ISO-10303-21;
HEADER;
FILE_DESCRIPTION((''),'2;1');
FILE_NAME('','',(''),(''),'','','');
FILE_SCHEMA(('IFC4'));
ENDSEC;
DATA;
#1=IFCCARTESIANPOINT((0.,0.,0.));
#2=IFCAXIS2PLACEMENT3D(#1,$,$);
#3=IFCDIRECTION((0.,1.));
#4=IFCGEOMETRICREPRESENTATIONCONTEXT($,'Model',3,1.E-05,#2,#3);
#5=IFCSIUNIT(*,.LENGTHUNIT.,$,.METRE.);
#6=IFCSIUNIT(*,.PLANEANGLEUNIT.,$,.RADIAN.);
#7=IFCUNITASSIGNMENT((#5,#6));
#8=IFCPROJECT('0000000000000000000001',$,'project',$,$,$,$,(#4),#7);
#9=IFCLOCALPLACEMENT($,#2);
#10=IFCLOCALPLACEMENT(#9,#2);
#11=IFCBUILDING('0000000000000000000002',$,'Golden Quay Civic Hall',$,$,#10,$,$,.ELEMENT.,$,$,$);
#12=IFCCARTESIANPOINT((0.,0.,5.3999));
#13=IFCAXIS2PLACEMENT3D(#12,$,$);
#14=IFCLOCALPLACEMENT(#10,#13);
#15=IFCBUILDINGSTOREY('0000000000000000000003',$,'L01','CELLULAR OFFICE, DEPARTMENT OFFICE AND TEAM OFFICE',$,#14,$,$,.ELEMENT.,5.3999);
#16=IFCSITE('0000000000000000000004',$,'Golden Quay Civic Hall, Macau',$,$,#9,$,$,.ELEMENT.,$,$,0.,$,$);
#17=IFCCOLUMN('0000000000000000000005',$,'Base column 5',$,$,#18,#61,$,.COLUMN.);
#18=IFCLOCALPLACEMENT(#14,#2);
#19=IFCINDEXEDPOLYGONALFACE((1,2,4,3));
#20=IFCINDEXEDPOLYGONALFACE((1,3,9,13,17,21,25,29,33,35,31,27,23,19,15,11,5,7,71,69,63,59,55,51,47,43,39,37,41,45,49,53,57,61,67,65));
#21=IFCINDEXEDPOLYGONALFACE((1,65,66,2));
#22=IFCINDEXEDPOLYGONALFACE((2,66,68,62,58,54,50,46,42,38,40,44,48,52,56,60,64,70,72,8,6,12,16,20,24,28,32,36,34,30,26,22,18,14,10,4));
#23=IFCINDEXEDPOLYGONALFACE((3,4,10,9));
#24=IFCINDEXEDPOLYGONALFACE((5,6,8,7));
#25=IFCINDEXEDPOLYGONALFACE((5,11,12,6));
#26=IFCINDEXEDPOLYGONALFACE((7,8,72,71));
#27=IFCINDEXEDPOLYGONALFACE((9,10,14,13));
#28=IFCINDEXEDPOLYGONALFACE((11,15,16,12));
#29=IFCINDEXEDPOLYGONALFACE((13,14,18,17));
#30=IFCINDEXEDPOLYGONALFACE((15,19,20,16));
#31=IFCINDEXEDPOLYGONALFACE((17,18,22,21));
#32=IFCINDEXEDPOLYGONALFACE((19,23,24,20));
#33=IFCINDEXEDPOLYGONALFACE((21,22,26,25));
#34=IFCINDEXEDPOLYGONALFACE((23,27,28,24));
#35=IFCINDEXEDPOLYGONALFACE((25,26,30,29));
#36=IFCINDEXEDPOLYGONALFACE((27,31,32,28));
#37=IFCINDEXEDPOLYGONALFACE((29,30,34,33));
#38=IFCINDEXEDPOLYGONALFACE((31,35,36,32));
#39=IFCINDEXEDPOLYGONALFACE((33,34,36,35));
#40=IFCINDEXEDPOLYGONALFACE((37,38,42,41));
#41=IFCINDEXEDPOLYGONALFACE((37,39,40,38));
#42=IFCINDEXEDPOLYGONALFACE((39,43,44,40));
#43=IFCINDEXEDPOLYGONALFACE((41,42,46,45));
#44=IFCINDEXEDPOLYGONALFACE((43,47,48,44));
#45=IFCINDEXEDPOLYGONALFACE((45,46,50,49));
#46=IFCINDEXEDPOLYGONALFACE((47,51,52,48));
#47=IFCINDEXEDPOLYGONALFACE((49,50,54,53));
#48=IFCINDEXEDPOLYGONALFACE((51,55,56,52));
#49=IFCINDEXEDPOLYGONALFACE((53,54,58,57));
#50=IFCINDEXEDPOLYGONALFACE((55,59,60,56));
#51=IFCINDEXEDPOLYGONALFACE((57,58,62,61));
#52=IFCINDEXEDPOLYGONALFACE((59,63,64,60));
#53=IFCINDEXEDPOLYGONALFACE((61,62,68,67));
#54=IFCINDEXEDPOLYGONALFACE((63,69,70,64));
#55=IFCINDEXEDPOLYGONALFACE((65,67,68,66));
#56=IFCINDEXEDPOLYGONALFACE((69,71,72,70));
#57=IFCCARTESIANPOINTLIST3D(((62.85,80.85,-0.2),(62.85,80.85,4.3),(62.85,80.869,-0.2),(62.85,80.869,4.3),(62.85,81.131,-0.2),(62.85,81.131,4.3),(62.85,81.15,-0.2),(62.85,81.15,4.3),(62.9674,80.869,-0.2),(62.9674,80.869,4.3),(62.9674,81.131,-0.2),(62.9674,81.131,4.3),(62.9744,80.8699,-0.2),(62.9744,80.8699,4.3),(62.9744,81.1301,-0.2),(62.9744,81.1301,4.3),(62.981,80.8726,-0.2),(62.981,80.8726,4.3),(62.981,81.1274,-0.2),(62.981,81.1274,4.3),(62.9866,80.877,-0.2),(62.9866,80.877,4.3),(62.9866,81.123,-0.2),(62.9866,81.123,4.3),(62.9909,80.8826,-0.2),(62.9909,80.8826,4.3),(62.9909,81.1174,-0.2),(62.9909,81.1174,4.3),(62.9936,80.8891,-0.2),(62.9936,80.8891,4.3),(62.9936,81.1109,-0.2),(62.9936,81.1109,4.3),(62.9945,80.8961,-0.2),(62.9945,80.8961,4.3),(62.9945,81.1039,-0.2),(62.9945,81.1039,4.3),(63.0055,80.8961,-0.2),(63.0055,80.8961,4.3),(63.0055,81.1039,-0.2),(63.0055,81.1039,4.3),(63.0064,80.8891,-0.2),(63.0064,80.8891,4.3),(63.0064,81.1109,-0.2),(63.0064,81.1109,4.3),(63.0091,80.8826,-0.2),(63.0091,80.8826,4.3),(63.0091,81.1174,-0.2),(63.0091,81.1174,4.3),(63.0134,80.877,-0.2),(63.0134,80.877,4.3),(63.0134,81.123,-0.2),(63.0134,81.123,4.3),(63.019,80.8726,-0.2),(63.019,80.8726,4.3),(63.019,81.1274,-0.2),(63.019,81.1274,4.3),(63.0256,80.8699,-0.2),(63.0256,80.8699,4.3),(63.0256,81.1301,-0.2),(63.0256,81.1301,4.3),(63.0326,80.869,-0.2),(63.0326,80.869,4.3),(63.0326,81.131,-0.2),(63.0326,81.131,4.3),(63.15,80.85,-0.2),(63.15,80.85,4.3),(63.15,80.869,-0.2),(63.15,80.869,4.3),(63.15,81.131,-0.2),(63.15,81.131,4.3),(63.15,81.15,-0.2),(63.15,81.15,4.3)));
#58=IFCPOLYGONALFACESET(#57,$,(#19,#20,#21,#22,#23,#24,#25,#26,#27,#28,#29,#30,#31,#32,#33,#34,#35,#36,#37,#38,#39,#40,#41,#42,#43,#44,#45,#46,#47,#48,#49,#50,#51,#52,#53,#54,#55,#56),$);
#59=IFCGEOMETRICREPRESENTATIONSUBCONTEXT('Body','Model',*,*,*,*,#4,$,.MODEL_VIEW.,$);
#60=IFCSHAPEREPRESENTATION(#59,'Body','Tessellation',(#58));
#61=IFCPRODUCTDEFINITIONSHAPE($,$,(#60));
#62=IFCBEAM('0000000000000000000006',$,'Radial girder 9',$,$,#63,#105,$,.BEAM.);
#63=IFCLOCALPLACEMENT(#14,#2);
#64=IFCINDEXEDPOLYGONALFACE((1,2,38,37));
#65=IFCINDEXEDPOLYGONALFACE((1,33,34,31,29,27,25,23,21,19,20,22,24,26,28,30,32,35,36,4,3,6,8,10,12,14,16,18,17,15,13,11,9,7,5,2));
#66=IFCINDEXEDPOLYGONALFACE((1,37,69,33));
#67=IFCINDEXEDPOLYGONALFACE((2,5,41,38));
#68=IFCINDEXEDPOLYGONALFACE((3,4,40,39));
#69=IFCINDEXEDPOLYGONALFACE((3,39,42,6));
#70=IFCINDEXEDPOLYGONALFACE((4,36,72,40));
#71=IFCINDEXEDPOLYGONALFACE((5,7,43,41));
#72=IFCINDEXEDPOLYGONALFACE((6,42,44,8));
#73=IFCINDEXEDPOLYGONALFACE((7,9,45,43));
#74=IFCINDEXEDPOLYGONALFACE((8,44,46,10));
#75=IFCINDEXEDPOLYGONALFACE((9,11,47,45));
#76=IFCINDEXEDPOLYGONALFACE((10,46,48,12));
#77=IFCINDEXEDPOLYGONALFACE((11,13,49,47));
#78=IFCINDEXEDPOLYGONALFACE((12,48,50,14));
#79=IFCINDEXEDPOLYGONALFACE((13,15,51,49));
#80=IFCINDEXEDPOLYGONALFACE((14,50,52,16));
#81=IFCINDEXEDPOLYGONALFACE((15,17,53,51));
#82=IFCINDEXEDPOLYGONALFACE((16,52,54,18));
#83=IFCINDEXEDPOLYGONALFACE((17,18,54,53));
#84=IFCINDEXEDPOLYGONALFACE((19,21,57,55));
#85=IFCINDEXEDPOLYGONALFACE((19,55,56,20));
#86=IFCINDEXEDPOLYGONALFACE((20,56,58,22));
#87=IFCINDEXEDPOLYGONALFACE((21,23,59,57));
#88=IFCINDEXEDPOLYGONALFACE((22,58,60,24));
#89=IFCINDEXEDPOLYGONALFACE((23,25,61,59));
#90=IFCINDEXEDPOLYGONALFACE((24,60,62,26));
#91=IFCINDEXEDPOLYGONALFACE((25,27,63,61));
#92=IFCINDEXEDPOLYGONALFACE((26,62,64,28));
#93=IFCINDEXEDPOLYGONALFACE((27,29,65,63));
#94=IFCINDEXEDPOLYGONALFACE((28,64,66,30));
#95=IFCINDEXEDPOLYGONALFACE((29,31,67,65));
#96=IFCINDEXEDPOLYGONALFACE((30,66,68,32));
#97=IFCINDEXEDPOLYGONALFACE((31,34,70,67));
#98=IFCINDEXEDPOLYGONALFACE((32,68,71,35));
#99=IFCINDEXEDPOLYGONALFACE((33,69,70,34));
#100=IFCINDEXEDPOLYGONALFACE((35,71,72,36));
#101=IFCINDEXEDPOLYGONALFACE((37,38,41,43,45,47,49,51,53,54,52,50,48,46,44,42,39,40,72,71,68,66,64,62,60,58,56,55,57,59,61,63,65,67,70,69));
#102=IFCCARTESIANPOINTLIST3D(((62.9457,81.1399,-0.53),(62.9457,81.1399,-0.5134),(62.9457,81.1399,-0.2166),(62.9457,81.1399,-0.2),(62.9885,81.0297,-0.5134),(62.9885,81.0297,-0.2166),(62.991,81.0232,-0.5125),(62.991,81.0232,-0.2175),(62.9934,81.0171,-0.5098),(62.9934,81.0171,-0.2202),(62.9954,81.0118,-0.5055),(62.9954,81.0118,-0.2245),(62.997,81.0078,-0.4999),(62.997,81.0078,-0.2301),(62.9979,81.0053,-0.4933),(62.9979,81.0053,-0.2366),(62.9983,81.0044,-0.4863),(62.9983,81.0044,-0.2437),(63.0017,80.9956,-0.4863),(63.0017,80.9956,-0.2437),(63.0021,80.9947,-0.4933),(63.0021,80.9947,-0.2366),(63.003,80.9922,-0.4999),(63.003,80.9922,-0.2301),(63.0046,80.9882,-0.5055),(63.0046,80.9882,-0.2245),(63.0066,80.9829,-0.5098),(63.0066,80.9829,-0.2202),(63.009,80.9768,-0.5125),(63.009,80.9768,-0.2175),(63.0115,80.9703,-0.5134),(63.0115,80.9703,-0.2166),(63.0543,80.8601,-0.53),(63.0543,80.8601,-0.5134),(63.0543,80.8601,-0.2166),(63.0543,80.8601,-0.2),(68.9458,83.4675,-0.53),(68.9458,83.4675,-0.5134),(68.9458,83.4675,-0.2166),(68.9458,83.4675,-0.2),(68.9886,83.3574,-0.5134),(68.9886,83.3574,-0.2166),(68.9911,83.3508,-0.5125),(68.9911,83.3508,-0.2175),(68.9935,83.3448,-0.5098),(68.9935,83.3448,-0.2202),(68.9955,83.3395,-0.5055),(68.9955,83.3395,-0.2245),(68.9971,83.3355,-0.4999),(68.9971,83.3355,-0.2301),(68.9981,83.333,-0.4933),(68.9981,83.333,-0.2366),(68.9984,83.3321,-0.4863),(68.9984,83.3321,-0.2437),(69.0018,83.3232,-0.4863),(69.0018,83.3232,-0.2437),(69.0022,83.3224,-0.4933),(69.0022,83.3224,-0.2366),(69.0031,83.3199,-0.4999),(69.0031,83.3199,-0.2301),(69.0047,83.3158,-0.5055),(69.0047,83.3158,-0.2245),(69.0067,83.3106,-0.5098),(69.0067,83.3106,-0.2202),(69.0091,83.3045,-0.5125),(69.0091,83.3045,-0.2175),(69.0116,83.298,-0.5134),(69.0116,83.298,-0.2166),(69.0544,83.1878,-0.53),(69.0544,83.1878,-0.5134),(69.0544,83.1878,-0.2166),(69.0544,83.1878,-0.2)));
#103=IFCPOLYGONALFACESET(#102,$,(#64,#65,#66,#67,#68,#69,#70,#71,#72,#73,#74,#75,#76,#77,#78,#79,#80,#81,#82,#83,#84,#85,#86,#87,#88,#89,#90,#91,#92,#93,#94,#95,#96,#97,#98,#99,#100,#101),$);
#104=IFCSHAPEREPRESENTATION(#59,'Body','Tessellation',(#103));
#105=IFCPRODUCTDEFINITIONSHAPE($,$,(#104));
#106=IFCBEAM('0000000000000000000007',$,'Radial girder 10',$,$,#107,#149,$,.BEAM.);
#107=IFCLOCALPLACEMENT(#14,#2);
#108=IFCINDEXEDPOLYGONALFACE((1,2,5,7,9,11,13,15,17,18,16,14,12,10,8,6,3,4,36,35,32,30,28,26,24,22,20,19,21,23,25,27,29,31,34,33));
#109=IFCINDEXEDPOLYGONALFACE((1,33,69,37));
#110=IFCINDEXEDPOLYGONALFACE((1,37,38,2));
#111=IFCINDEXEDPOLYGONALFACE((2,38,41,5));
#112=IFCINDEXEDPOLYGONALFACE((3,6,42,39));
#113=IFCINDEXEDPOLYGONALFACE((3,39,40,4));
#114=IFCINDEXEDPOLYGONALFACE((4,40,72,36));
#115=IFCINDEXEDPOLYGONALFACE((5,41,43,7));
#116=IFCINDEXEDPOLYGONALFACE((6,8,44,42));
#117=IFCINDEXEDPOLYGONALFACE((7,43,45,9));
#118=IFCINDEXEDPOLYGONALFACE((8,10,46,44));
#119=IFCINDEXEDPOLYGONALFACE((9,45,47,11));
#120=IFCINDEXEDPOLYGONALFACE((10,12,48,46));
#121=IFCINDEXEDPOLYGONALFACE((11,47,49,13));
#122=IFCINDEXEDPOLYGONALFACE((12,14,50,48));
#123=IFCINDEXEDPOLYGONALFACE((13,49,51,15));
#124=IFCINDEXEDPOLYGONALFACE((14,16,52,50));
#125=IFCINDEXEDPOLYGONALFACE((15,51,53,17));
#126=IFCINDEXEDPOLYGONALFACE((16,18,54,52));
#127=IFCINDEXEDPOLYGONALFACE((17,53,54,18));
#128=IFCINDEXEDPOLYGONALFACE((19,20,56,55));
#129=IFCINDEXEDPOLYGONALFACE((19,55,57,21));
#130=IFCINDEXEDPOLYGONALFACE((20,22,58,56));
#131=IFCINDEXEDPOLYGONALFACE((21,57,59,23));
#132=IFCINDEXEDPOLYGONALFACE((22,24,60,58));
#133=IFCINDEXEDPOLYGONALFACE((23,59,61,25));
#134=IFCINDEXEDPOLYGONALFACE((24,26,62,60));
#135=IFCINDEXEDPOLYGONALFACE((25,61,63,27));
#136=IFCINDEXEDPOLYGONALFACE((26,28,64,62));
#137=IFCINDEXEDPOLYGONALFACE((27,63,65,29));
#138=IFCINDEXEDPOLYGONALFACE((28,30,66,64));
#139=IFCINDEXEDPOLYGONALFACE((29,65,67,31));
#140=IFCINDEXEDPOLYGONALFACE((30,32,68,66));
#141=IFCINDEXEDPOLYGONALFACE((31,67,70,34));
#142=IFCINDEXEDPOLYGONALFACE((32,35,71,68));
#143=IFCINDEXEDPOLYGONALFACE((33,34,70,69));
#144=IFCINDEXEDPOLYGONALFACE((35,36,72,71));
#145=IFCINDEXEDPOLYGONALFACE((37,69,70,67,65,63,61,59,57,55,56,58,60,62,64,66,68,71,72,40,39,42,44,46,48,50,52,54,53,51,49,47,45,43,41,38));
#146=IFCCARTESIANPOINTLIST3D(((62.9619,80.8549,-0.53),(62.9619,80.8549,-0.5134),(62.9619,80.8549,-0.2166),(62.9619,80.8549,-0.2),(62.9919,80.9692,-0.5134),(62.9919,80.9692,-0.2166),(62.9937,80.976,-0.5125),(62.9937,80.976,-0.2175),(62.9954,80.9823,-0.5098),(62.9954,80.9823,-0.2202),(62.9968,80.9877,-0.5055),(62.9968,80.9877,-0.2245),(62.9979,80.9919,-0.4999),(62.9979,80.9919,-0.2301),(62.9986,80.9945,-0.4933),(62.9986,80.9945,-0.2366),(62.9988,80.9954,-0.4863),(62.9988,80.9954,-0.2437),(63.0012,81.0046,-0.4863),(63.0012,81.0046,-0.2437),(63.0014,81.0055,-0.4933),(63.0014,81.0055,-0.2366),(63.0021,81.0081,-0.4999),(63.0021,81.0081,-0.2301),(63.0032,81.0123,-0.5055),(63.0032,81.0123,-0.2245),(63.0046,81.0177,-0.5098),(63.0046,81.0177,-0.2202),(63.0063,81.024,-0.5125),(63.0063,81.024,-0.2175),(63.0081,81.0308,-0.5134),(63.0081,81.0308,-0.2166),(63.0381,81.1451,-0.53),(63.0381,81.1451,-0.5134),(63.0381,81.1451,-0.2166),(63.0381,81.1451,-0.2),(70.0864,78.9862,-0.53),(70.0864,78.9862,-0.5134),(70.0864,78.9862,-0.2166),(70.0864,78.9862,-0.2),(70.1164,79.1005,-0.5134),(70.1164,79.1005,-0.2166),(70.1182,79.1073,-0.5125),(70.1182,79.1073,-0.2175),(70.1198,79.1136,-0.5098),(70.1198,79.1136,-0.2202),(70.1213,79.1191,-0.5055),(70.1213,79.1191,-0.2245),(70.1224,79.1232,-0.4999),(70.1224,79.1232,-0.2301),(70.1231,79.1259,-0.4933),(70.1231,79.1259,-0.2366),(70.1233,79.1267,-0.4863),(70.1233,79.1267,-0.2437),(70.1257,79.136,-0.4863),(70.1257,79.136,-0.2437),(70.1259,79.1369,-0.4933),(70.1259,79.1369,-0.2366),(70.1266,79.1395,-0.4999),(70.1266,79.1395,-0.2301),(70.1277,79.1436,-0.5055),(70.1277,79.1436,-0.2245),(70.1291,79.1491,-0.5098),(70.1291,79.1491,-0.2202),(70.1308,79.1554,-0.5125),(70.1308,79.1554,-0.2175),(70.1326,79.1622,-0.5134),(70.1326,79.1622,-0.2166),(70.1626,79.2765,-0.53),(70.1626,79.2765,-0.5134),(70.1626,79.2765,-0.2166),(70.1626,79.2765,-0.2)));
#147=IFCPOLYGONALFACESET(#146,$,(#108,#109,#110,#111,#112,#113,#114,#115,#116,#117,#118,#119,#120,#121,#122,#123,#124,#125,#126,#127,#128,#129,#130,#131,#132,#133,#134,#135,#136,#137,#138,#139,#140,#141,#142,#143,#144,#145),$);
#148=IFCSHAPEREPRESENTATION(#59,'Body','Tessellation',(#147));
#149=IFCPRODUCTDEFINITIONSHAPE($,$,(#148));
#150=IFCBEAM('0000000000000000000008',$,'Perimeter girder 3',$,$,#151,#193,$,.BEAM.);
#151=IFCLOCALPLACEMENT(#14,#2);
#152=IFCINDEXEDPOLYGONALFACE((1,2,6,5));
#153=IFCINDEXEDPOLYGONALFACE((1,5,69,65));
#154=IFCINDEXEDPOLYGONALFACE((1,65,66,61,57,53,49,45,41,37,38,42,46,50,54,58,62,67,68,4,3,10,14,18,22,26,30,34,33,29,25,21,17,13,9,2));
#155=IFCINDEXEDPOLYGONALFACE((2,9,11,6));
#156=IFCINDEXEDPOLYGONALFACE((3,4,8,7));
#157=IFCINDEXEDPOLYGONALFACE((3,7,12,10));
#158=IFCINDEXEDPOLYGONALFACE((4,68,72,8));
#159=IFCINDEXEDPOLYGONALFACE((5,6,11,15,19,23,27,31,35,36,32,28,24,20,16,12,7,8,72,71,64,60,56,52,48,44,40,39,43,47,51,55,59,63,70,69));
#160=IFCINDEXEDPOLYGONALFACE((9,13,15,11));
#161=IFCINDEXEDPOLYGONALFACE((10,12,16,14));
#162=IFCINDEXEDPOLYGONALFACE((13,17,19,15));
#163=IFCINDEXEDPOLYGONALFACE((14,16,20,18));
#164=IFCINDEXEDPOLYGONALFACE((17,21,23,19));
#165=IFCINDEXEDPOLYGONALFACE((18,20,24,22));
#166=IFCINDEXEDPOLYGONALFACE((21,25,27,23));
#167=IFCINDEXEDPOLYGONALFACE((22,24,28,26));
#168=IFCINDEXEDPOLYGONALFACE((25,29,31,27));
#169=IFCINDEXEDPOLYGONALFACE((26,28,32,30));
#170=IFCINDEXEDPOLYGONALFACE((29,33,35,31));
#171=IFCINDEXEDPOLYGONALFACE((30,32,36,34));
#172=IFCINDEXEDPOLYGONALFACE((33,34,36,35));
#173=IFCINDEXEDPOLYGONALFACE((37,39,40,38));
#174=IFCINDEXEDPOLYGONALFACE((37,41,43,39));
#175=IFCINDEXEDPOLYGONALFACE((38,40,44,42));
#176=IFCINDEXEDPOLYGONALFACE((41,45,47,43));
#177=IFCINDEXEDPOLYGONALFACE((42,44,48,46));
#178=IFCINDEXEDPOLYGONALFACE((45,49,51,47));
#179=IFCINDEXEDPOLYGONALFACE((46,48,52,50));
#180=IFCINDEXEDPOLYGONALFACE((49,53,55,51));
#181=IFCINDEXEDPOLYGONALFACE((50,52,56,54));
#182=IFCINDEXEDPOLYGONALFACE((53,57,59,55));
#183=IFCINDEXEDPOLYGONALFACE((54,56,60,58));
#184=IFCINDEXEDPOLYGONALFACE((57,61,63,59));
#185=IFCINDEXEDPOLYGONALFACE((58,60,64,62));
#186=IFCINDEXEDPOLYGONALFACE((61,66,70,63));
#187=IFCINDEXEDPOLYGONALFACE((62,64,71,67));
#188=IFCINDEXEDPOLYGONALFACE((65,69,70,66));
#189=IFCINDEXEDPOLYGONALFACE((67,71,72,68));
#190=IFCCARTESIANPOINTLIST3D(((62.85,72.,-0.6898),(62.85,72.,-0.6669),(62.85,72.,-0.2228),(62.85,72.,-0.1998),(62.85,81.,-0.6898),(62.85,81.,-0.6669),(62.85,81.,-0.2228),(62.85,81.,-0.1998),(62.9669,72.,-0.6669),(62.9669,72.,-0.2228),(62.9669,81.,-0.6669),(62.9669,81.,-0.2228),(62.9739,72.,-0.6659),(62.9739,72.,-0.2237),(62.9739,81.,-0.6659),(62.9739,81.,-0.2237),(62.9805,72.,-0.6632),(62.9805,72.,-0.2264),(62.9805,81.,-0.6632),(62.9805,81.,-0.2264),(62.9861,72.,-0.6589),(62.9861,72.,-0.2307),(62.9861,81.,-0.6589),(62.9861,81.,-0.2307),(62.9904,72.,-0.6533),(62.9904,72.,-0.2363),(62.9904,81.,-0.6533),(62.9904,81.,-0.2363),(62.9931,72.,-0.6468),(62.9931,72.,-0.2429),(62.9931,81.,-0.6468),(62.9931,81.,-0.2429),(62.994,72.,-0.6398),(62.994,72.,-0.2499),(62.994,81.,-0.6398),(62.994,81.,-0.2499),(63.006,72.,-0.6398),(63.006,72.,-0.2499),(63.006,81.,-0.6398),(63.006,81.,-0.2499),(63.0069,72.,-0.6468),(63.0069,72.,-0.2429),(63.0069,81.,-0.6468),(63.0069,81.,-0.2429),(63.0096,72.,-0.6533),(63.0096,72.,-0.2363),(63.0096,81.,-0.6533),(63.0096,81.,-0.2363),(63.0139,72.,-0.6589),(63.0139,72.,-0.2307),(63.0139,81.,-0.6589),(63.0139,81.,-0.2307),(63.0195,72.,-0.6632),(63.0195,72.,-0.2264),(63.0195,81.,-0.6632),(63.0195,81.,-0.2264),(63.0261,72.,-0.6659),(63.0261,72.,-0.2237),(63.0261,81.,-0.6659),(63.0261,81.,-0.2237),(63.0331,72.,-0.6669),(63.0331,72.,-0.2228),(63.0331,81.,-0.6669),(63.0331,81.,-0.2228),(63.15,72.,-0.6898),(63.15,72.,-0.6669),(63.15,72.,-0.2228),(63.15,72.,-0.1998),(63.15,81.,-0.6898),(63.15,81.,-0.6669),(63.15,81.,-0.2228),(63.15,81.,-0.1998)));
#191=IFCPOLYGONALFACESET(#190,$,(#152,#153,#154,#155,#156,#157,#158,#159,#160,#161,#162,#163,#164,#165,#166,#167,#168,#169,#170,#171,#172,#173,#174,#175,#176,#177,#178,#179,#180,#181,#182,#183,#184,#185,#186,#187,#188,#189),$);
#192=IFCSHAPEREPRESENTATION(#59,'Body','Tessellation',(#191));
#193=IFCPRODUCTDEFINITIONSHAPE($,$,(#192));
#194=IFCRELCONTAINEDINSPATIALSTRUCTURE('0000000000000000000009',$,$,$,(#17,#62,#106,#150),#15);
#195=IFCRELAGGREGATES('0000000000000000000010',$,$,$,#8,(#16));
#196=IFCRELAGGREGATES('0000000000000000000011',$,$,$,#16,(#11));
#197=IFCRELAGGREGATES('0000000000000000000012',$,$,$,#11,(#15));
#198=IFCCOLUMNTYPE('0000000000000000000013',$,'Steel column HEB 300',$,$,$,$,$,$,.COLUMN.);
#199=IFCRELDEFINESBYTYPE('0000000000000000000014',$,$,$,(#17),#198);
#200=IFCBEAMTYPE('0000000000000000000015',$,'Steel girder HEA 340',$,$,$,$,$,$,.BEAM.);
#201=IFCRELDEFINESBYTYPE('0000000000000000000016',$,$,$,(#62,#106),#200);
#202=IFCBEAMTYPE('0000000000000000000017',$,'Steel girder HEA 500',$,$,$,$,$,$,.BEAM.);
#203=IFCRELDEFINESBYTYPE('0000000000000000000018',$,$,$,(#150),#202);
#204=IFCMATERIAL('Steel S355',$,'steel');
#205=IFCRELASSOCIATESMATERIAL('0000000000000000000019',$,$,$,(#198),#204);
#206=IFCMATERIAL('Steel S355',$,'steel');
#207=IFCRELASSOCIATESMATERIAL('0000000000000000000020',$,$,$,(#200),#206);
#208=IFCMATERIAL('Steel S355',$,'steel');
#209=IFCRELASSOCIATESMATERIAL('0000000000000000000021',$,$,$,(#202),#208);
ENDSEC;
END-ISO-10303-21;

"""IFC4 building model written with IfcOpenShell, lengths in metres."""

from ifc_helpers import new_model, si_unit, direction, frame, origin, origin_2d, place, context, subcontext, project, spatial, i_section, extrude, material, material_profile, profile_set, type_object, element, save


model = new_model("IFC4")

# Units and contexts
model_context = context("Model", 3, precision=1e-05, world=origin(), true_north=direction((0.0, 1.0)))
body_context = subcontext(model_context, "Body", "Model", "MODEL_VIEW")
ifc_project = project(units=[si_unit("LENGTHUNIT", "METRE"), si_unit("PLANEANGLEUNIT", "RADIAN")], contexts=[model_context])

# Site, building, storey
site_placement = place(None, origin())
site = spatial("IfcSite", under=ifc_project, at=site_placement, Name="Golden Quay Civic Hall, Macau", CompositionType="ELEMENT", RefElevation=0.0)
building_placement = place(site_placement, origin())
building = spatial("IfcBuilding", under=site, at=building_placement, Name="Golden Quay Civic Hall", CompositionType="ELEMENT")
storey_placement = place(building_placement, frame((0.0, 0.0, 5.3999)))
storey = spatial("IfcBuildingStorey", under=building, at=storey_placement, Name="L01", Description="CELLULAR OFFICE, DEPARTMENT OFFICE AND TEAM OFFICE", CompositionType="ELEMENT", Elevation=5.3999)

# Column
ifc_material_1 = material(Name="Steel S355", Category="steel")
ifc_material_profile_1 = material_profile(ifc_material_1, i_section(OverallWidth=0.3, OverallDepth=0.3, WebThickness=0.011, FlangeThickness=0.019, FilletRadius=0.0271, at=origin_2d()), Name="HEB 300")
ifc_profile_set_1 = profile_set([ifc_material_profile_1], Name="Steel S355")
column_type = type_object("IfcColumnType", Name="Steel column HEB 300", PredefinedType="COLUMN", material=ifc_profile_set_1)
column_placement = place(storey_placement, frame((63.0, 81.0, -0.2), z_axis=(0.0, 0.0, 1.0), x_axis=(1.0, 0.0, 0.0)))
element("IfcColumn", 1, at=column_placement, inside=storey, type_object=column_type, Name="Base column 5", PredefinedType="COLUMN", context=body_context, shape_type="SweptSolid", body=[
    extrude(i_section(OverallWidth=0.3, OverallDepth=0.3, WebThickness=0.011, FlangeThickness=0.019, FilletRadius=0.0271, at=origin_2d()), origin(), (0.0, 0.0, 1.0), 4.5),
])

# Beams
ifc_material_2 = material(Name="Steel S355", Category="steel")
ifc_material_profile_2 = material_profile(ifc_material_2, i_section(OverallWidth=0.3, OverallDepth=0.3301, WebThickness=0.0095, FlangeThickness=0.0166, FilletRadius=0.0271, at=origin_2d()), Name="HEA 340")
ifc_profile_set_2 = profile_set([ifc_material_profile_2], Name="Steel S355")
beam_type_1 = type_object("IfcBeamType", Name="Steel girder HEA 340", PredefinedType="BEAM", material=ifc_profile_set_2)
beam_1_placement = place(storey_placement, frame((63.0, 81.0, -0.365), z_axis=(0.932303, 0.361677, 0.0), x_axis=(-0.361677, 0.932303, 0.0)))
element("IfcBeam", 2, at=beam_1_placement, inside=storey, type_object=beam_type_1, Name="Radial girder 9", PredefinedType="BEAM", context=body_context, shape_type="SweptSolid", body=[
    extrude(i_section(OverallWidth=0.3, OverallDepth=0.3301, WebThickness=0.0095, FlangeThickness=0.0166, FilletRadius=0.0271, at=origin_2d()), origin(), (0.0, 0.0, 1.0), 6.4358),
])
beam_2_placement = place(storey_placement, frame((63.0, 81.0, -0.365), z_axis=(0.967282, -0.253704, 0.0), x_axis=(0.253704, 0.967282, 0.0)))
element("IfcBeam", 3, at=beam_2_placement, inside=storey, type_object=beam_type_1, Name="Radial girder 10", PredefinedType="BEAM", context=body_context, shape_type="SweptSolid", body=[
    extrude(i_section(OverallWidth=0.3, OverallDepth=0.3301, WebThickness=0.0095, FlangeThickness=0.0166, FilletRadius=0.0271, at=origin_2d()), origin(), (0.0, 0.0, 1.0), 7.3655),
])
ifc_material_3 = material(Name="Steel S355", Category="steel")
ifc_material_profile_3 = material_profile(ifc_material_3, i_section(OverallWidth=0.3, OverallDepth=0.49, WebThickness=0.012, FlangeThickness=0.0229, FilletRadius=0.0271, at=origin_2d()), Name="HEA 500")
ifc_profile_set_3 = profile_set([ifc_material_profile_3], Name="Steel S355")
beam_type_2 = type_object("IfcBeamType", Name="Steel girder HEA 500", PredefinedType="BEAM", material=ifc_profile_set_3)
for number, where, z_axis, x_axis, name in (
    (4, (63.0, 72.0, -0.4448), (0.0, 1.0, 0.0), (-1.0, 0.0, 0.0), "Perimeter girder 3"),
):
    element("IfcBeam", number, at=place(storey_placement, frame(where, z_axis=z_axis, x_axis=x_axis)), inside=storey, type_object=beam_type_2, Name=name, PredefinedType="BEAM", context=body_context, shape_type="SweptSolid", body=[
        extrude(i_section(OverallWidth=0.3, OverallDepth=0.49, WebThickness=0.012, FlangeThickness=0.0229, FilletRadius=0.0271, at=origin_2d()), origin(), (0.0, 0.0, 1.0), 9.0),
    ])

save(model, "model.ifc")
